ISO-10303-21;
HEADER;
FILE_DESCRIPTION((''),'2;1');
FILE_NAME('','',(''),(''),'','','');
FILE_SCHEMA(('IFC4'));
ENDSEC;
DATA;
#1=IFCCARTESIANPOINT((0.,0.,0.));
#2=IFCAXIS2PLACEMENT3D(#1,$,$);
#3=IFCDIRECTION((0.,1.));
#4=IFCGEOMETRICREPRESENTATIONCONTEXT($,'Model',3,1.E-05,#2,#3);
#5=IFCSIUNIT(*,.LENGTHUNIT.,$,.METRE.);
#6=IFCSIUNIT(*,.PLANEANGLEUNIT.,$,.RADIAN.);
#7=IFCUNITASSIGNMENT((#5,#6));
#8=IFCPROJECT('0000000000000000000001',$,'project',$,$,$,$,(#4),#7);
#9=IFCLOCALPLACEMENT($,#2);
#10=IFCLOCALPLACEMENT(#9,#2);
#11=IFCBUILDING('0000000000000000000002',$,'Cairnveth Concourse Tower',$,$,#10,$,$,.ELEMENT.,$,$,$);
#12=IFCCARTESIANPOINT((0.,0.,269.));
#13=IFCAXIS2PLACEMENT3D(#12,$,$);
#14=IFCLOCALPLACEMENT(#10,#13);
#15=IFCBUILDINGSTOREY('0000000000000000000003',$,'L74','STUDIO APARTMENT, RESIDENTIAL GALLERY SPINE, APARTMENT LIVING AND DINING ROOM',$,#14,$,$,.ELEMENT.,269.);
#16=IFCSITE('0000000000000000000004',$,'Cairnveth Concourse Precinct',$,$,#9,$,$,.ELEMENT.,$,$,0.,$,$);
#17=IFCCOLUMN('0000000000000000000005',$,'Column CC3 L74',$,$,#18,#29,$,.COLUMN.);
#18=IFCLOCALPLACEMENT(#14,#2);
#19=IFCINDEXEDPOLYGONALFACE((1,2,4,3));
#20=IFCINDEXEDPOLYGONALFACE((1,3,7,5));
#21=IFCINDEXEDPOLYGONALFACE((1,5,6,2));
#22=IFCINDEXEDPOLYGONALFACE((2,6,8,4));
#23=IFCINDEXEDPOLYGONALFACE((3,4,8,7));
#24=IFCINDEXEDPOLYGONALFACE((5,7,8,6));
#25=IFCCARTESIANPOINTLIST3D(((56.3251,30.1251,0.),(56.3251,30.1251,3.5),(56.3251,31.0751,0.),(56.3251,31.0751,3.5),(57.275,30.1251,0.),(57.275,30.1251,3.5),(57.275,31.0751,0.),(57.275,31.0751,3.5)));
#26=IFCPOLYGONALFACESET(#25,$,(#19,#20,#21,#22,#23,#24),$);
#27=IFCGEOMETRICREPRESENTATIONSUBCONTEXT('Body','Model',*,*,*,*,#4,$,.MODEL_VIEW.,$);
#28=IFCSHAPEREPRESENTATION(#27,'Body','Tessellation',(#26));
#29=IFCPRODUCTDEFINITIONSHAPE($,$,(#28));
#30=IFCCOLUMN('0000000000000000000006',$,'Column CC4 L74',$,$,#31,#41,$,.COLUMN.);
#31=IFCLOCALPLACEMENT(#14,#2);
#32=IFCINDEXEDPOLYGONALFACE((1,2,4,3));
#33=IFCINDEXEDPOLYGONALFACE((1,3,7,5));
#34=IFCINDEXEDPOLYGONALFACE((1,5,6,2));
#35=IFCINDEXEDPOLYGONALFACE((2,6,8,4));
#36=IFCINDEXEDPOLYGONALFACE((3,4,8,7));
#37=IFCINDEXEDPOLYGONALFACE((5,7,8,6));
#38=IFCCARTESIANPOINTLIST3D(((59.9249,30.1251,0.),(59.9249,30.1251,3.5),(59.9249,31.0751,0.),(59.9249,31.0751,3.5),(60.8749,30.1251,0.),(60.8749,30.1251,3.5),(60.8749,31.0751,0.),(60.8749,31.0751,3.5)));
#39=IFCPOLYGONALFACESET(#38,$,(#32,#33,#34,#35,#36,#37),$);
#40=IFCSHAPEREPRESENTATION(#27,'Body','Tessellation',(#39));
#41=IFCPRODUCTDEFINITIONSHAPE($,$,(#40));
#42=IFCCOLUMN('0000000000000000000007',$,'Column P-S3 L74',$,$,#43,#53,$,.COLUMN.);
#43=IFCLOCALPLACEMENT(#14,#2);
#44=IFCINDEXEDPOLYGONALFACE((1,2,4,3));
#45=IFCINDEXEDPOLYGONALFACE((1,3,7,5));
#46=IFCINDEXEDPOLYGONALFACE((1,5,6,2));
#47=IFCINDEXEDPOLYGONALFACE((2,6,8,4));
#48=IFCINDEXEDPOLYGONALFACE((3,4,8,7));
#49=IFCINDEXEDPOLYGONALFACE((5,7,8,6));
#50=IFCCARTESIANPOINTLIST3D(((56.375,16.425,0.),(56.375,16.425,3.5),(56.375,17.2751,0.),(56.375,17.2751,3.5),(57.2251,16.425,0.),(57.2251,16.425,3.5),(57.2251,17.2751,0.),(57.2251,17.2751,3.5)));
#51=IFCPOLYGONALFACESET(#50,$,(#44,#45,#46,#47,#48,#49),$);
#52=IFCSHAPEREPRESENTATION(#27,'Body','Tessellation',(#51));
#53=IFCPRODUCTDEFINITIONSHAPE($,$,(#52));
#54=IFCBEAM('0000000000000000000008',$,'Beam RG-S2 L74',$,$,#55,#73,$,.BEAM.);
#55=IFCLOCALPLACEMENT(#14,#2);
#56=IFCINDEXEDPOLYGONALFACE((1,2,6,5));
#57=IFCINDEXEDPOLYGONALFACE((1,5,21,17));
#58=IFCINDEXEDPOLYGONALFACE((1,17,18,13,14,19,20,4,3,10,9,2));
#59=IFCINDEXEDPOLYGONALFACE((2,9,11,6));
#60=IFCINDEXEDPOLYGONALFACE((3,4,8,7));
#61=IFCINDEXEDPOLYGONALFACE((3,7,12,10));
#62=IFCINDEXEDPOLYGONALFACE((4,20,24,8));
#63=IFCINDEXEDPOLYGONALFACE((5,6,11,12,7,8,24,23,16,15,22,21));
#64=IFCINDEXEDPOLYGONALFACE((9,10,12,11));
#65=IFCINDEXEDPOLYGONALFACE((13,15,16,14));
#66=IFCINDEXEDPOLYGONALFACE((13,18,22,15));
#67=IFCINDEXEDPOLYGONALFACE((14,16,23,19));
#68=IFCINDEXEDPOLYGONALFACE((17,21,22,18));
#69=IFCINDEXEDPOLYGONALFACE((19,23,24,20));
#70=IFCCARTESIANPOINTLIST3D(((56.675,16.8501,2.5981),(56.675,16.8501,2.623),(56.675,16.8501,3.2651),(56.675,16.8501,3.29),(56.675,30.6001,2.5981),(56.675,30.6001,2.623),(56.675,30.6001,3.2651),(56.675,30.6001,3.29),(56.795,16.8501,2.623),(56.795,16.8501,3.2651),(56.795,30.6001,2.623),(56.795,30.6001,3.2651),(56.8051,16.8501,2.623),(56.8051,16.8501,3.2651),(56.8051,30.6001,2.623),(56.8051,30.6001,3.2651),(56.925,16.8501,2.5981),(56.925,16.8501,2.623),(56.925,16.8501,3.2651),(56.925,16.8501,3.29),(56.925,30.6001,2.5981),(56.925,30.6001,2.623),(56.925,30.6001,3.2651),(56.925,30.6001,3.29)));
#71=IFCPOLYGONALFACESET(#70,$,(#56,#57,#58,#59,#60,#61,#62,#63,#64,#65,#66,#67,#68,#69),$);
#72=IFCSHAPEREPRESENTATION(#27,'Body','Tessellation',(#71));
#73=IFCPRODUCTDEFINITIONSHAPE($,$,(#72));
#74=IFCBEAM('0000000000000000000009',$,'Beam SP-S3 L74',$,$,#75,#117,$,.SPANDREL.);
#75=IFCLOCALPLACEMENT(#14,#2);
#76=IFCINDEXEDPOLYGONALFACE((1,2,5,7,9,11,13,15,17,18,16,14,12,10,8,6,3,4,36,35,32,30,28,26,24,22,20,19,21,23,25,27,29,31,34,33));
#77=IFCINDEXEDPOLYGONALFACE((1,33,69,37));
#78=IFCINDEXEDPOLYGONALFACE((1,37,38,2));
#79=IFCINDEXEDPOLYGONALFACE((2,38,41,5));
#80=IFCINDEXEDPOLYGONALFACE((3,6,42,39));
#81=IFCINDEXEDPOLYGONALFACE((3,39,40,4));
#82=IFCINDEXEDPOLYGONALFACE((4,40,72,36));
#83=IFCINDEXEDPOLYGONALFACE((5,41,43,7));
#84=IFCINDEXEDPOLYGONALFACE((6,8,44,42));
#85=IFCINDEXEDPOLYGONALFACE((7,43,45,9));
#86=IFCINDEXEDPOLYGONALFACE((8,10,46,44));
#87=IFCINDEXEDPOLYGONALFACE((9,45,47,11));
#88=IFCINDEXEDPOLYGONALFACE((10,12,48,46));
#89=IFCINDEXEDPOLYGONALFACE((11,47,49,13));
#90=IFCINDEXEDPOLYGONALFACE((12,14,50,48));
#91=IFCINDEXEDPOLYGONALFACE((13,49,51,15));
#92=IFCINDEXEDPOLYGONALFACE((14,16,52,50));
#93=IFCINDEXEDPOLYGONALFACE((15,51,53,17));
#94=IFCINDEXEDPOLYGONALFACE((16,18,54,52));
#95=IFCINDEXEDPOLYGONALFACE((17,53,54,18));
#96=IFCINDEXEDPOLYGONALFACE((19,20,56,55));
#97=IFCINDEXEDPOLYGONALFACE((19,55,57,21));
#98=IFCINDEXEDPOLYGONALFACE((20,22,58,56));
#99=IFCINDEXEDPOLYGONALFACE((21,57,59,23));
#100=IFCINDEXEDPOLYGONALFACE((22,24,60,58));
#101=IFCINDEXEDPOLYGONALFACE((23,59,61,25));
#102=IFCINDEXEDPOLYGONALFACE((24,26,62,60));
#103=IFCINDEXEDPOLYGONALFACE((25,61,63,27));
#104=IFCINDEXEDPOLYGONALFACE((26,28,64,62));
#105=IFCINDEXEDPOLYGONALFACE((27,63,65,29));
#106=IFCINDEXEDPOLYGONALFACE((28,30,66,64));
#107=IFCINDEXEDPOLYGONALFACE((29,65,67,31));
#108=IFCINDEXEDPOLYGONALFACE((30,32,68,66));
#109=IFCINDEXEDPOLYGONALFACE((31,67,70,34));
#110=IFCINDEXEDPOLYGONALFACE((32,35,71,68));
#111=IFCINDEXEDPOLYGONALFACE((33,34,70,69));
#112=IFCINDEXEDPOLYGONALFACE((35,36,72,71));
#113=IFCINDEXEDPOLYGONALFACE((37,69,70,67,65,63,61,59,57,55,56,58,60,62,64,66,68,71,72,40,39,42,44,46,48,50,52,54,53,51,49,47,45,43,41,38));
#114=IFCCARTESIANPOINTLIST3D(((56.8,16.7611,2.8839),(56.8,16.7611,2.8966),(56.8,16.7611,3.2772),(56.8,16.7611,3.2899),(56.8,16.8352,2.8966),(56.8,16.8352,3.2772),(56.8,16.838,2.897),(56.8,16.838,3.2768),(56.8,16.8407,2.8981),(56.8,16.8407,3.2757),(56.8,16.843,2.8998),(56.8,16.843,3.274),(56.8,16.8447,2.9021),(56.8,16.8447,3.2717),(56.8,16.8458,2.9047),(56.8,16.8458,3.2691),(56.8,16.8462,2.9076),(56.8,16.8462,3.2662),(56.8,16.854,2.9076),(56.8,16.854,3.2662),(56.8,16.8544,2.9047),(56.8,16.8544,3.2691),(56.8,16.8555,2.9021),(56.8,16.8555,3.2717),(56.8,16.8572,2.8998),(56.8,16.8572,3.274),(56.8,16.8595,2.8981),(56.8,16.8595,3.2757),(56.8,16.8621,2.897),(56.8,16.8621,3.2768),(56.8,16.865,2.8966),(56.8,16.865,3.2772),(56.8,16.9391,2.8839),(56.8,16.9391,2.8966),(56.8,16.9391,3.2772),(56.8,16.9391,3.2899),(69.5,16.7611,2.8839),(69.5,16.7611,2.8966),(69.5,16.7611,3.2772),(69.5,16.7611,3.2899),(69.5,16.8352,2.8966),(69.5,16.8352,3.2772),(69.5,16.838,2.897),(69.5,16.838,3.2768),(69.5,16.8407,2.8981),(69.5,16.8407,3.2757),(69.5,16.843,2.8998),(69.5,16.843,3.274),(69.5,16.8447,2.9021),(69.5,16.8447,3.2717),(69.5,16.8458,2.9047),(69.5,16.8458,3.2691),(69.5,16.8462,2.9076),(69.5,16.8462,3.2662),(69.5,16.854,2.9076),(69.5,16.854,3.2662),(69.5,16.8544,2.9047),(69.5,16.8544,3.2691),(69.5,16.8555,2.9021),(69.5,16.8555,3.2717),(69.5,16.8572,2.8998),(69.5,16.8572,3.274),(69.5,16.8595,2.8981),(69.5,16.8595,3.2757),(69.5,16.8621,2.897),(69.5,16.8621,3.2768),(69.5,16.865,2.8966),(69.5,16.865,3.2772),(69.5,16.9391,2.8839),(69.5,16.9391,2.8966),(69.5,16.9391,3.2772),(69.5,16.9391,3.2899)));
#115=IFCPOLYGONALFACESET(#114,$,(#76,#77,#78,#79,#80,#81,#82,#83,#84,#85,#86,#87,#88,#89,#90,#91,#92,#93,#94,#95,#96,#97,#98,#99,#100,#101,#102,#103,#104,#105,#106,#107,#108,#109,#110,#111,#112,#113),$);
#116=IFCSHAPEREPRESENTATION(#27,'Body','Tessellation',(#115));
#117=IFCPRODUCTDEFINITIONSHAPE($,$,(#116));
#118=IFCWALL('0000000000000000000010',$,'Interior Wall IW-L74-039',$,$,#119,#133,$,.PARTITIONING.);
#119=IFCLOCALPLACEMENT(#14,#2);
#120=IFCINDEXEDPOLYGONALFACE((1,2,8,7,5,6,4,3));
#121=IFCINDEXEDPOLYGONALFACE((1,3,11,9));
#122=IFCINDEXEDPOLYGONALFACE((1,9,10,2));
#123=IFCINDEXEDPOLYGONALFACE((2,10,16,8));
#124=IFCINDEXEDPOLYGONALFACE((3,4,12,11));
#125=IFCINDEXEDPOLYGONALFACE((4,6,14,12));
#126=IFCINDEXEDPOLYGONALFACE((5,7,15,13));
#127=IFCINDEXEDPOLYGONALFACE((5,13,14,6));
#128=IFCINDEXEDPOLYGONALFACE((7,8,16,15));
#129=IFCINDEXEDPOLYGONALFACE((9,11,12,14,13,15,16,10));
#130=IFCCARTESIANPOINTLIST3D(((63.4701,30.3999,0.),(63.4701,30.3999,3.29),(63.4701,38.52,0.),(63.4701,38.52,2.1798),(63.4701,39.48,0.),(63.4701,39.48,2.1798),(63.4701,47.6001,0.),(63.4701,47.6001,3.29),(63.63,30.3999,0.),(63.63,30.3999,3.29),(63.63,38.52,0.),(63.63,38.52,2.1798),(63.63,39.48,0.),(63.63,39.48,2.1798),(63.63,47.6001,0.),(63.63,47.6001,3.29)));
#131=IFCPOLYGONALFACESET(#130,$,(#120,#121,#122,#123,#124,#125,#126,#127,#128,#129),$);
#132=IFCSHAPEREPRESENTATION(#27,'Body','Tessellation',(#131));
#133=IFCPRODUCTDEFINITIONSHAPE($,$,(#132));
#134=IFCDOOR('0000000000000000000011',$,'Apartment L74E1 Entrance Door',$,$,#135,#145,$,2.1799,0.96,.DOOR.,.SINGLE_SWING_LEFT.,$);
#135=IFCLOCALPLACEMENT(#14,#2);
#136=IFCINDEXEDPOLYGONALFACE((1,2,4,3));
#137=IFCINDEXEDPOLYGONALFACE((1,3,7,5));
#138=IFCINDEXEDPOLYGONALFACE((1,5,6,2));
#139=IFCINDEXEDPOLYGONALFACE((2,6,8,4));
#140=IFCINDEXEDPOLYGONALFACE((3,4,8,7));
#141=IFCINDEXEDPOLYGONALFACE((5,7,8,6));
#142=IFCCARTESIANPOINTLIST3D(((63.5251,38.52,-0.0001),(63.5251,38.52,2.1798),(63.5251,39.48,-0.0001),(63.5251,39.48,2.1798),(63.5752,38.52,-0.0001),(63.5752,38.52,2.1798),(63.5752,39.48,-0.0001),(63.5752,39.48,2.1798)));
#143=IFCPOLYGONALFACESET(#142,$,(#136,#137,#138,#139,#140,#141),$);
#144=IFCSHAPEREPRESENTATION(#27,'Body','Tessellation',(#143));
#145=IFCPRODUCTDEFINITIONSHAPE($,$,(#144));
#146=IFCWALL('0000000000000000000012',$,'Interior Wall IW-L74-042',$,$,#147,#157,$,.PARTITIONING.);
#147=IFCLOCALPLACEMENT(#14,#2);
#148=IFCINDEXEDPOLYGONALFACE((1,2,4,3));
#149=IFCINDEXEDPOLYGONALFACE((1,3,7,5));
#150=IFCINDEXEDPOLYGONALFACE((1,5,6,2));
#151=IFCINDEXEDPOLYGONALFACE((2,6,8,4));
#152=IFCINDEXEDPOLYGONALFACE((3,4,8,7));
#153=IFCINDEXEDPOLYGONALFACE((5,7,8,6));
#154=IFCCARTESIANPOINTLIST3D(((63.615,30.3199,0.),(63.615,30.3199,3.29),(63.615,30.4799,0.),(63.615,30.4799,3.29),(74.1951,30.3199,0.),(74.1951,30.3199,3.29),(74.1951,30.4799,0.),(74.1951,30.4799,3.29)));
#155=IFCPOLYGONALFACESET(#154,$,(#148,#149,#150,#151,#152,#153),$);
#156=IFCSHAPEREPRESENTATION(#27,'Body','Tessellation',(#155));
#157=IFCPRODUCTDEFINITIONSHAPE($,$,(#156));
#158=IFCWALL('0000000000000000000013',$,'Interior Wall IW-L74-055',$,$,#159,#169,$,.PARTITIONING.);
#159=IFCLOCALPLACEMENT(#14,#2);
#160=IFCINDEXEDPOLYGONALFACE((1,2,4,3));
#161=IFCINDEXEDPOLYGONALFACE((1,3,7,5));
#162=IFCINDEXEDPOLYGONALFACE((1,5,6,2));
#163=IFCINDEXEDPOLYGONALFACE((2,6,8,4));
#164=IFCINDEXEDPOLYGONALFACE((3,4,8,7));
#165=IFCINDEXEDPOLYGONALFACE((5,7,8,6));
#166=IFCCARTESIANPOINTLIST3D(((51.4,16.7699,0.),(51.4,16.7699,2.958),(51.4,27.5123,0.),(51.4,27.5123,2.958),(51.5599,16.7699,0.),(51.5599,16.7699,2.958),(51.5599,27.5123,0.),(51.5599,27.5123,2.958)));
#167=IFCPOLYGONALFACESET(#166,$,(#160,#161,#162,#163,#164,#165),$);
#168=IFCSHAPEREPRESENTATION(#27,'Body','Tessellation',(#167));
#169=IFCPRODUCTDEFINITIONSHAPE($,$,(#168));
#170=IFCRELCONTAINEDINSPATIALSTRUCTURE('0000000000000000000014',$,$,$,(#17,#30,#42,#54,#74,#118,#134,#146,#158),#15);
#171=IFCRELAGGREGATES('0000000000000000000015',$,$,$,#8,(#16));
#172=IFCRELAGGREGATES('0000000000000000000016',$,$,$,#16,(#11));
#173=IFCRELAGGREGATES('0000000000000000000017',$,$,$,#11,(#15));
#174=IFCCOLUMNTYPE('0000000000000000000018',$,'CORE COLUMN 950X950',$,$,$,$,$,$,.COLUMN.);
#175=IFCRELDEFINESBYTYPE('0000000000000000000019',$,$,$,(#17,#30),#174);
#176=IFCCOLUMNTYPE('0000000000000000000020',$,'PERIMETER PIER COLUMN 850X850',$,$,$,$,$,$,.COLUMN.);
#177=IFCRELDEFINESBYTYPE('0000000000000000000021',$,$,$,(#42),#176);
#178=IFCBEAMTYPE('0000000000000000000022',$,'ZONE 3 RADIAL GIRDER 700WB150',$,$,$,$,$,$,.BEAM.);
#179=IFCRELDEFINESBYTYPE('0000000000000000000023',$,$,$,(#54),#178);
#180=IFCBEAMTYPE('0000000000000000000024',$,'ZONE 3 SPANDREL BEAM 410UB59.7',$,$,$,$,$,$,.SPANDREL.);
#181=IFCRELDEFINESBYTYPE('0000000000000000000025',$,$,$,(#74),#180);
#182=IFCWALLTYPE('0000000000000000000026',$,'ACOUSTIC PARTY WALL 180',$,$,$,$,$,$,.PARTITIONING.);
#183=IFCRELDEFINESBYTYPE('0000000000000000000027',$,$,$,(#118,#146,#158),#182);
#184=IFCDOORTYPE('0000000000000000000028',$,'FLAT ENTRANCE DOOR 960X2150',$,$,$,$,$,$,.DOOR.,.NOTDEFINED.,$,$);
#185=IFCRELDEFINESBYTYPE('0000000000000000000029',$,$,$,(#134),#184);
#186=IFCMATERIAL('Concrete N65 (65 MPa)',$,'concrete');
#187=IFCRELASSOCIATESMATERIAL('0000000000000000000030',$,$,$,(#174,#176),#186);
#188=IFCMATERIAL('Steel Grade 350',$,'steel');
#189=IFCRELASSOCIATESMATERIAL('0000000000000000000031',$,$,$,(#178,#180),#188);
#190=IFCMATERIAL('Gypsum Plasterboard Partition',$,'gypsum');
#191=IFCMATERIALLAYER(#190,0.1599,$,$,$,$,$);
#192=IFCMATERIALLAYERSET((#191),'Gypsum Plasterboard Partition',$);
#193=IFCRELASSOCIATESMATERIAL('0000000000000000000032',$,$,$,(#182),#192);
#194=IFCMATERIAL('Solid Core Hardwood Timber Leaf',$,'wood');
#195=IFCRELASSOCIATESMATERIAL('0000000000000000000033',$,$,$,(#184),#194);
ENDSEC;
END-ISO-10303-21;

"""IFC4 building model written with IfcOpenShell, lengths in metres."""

from ifc_helpers import new_model, si_unit, direction, frame, frame_2d, origin, origin_2d, place, context, subcontext, project, spatial, rectangle, i_section, extrude, material, layer, layer_set, material_profile, profile_set, type_object, element, fill, save


model = new_model("IFC4")

# Units and contexts
model_context = context("Model", 3, precision=1e-05, world=origin(), true_north=direction((0.0, 1.0)))
body_context = subcontext(model_context, "Body", "Model", "MODEL_VIEW")
ifc_project = project(units=[si_unit("LENGTHUNIT", "METRE"), si_unit("PLANEANGLEUNIT", "RADIAN")], contexts=[model_context])

# Site, building, storey
site_placement = place(None, origin())
site = spatial("IfcSite", under=ifc_project, at=site_placement, Name="Cairnveth Concourse Precinct", CompositionType="ELEMENT", RefElevation=0.0)
building_placement = place(site_placement, origin())
building = spatial("IfcBuilding", under=site, at=building_placement, Name="Cairnveth Concourse Tower", CompositionType="ELEMENT")
storey_placement = place(building_placement, frame((0.0, 0.0, 269.0)))
storey = spatial("IfcBuildingStorey", under=building, at=storey_placement, Name="L74", Description="STUDIO APARTMENT, RESIDENTIAL GALLERY SPINE, APARTMENT LIVING AND DINING ROOM", CompositionType="ELEMENT", Elevation=269.0)

# Columns
ifc_material_1 = material(Name="Concrete N65 (65 MPa)", Category="concrete")
ifc_material_profile_1 = material_profile(ifc_material_1, rectangle(XDim=0.95, YDim=0.95, at=origin_2d()), Name="RC-COL-950x950")
ifc_profile_set_1 = profile_set([ifc_material_profile_1], Name="Concrete N65 (65 MPa)")
column_type_1 = type_object("IfcColumnType", Name="CORE COLUMN 950X950", PredefinedType="COLUMN", material=ifc_profile_set_1)
for number, where, z_axis, x_axis, name in (
    (1, (56.8, 30.6001, 0.0), (0.0, 0.0, 1.0), (1.0, 0.0, 0.0), "Column CC3 L74"),
    (2, (60.3999, 30.6001, 0.0), (0.0, 0.0, 1.0), (1.0, 0.0, 0.0), "Column CC4 L74"),
):
    element("IfcColumn", number, at=place(storey_placement, frame(where, z_axis=z_axis, x_axis=x_axis)), inside=storey, type_object=column_type_1, Name=name, PredefinedType="COLUMN", context=body_context, shape_type="SweptSolid", body=[
        extrude(rectangle(XDim=0.95, YDim=0.95, at=origin_2d()), origin(), (0.0, 0.0, 1.0), 3.5),
    ])
ifc_material_profile_2 = material_profile(ifc_material_1, rectangle(XDim=0.8501, YDim=0.8501, at=origin_2d()), Name="RC-COL-850x850")
ifc_profile_set_2 = profile_set([ifc_material_profile_2], Name="Concrete N65 (65 MPa)")
column_type_2 = type_object("IfcColumnType", Name="PERIMETER PIER COLUMN 850X850", PredefinedType="COLUMN", material=ifc_profile_set_2)
column_placement = place(storey_placement, frame((56.8, 16.8501, 0.0), z_axis=(0.0, 0.0, 1.0), x_axis=(1.0, 0.0, 0.0)))
element("IfcColumn", 3, at=column_placement, inside=storey, type_object=column_type_2, Name="Column P-S3 L74", PredefinedType="COLUMN", context=body_context, shape_type="SweptSolid", body=[
    extrude(rectangle(XDim=0.8501, YDim=0.8501, at=origin_2d()), origin(), (0.0, 0.0, 1.0), 3.5),
])

# Beams
ifc_material_2 = material(Name="Steel Grade 350", Category="steel")
ifc_material_profile_3 = material_profile(ifc_material_2, i_section(OverallWidth=0.25, OverallDepth=0.6919, WebThickness=0.01, FlangeThickness=0.0249, at=origin_2d()), Name="700WB150")
ifc_profile_set_3 = profile_set([ifc_material_profile_3], Name="Steel Grade 350")
beam_type_1 = type_object("IfcBeamType", Name="ZONE 3 RADIAL GIRDER 700WB150", PredefinedType="BEAM", material=ifc_profile_set_3)
beam_1_placement = place(storey_placement, frame((56.8, 16.8501, 2.9441), z_axis=(0.0, 1.0, 0.0), x_axis=(-1.0, 0.0, 0.0)))
element("IfcBeam", 4, at=beam_1_placement, inside=storey, type_object=beam_type_1, Name="Beam RG-S2 L74", PredefinedType="BEAM", context=body_context, shape_type="SweptSolid", body=[
    extrude(i_section(OverallWidth=0.25, OverallDepth=0.6919, WebThickness=0.01, FlangeThickness=0.0249, at=origin_2d()), origin(), (0.0, 0.0, 1.0), 13.75),
])
ifc_material_profile_4 = material_profile(ifc_material_2, i_section(OverallWidth=0.178, OverallDepth=0.406, WebThickness=0.0078, FlangeThickness=0.0127, FilletRadius=0.011, at=origin_2d()), Name="410UB59.7")
ifc_profile_set_4 = profile_set([ifc_material_profile_4], Name="Steel Grade 350")
beam_type_2 = type_object("IfcBeamType", Name="ZONE 3 SPANDREL BEAM 410UB59.7", PredefinedType="SPANDREL", material=ifc_profile_set_4)
beam_2_placement = place(storey_placement, frame((56.8, 16.8501, 3.0869), z_axis=(1.0, 0.0, 0.0), x_axis=(0.0, 1.0, 0.0)))
element("IfcBeam", 5, at=beam_2_placement, inside=storey, type_object=beam_type_2, Name="Beam SP-S3 L74", PredefinedType="SPANDREL", context=body_context, shape_type="SweptSolid", body=[
    extrude(i_section(OverallWidth=0.178, OverallDepth=0.406, WebThickness=0.0078, FlangeThickness=0.0127, FilletRadius=0.011, at=origin_2d()), origin(), (0.0, 0.0, 1.0), 12.7),
])

# Wall, opening, door
ifc_material_3 = material(Name="Gypsum Plasterboard Partition", Category="gypsum")
ifc_layer_1 = layer(ifc_material_3, 0.1599)
ifc_layer_set_1 = layer_set([ifc_layer_1], Name="Gypsum Plasterboard Partition")
wall_type_1 = type_object("IfcWallType", Name="ACOUSTIC PARTY WALL 180", PredefinedType="PARTITIONING", material=ifc_layer_set_1)
wall_1_placement = place(storey_placement, frame((63.55, 30.3999, 0.0), z_axis=(0.0, 0.0, 1.0), x_axis=(0.0, 1.0, 0.0)))
wall_1 = element("IfcWall", 6, at=wall_1_placement, inside=storey, type_object=wall_type_1, Name="Interior Wall IW-L74-039", PredefinedType="PARTITIONING", context=body_context, shape_type="SweptSolid", body=[
    extrude(rectangle(XDim=17.2002, YDim=0.1599, at=frame_2d((8.6001, 0.0))), origin(), (0.0, 0.0, 1.0), 3.29),
])
opening_1_placement = place(wall_1_placement, frame((8.1201, 0.0, 0.0)))
opening_1 = element("IfcOpeningElement", 7, at=opening_1_placement, cuts=wall_1, PredefinedType="OPENING", context=body_context, shape_type="SweptSolid", body=[
    extrude(rectangle(XDim=0.96, YDim=2.1799, at=frame_2d((0.48, 1.0898))), frame((0.0, 0.0898, 0.0), z_axis=(0.0, -1.0, 0.0), x_axis=(1.0, 0.0, 0.0)), (0.0, 0.0, 1.0), 0.1799),
])
ifc_material_4 = material(Name="Solid Core Hardwood Timber Leaf", Category="wood")
door_type_1 = type_object("IfcDoorType", Name="FLAT ENTRANCE DOOR 960X2150", OperationType="NOTDEFINED", PredefinedType="DOOR", material=ifc_material_4)
door_1_placement = place(opening_1_placement, origin())
door_1 = element("IfcDoor", 8, at=door_1_placement, inside=storey, type_object=door_type_1, Name="Apartment L74E1 Entrance Door", OperationType="SINGLE_SWING_LEFT", OverallHeight=2.1799, OverallWidth=0.96, PredefinedType="DOOR", context=body_context, shape_type="SweptSolid", body=[
    extrude(rectangle(XDim=0.96, YDim=2.1799, at=frame_2d((0.48, 1.0898))), frame((0.0, 0.0249, 0.0), z_axis=(0.0, -1.0, 0.0), x_axis=(1.0, 0.0, 0.0)), (0.0, 0.0, 1.0), 0.05),
])
fill(opening_1, door_1)

# Walls
wall_2_placement = place(storey_placement, frame((63.615, 30.3999, 0.0), z_axis=(0.0, 0.0, 1.0), x_axis=(1.0, 0.0, 0.0)))
element("IfcWall", 9, at=wall_2_placement, inside=storey, type_object=wall_type_1, Name="Interior Wall IW-L74-042", PredefinedType="PARTITIONING", context=body_context, shape_type="SweptSolid", body=[
    extrude(rectangle(XDim=10.5801, YDim=0.1599, at=frame_2d((5.29, 0.0))), origin(), (0.0, 0.0, 1.0), 3.29),
])
wall_3_placement = place(storey_placement, frame((51.48, 16.77, 0.0), z_axis=(0.0, 0.0, 1.0), x_axis=(0.0, 1.0, 0.0)))
element("IfcWall", 10, at=wall_3_placement, inside=storey, type_object=wall_type_1, Name="Interior Wall IW-L74-055", PredefinedType="PARTITIONING", context=body_context, shape_type="SweptSolid", body=[
    extrude(rectangle(XDim=10.7424, YDim=0.1599, at=frame_2d((5.3711, 0.0))), origin(), (0.0, 0.0, 1.0), 2.958),
])

save(model, "model.ifc")
